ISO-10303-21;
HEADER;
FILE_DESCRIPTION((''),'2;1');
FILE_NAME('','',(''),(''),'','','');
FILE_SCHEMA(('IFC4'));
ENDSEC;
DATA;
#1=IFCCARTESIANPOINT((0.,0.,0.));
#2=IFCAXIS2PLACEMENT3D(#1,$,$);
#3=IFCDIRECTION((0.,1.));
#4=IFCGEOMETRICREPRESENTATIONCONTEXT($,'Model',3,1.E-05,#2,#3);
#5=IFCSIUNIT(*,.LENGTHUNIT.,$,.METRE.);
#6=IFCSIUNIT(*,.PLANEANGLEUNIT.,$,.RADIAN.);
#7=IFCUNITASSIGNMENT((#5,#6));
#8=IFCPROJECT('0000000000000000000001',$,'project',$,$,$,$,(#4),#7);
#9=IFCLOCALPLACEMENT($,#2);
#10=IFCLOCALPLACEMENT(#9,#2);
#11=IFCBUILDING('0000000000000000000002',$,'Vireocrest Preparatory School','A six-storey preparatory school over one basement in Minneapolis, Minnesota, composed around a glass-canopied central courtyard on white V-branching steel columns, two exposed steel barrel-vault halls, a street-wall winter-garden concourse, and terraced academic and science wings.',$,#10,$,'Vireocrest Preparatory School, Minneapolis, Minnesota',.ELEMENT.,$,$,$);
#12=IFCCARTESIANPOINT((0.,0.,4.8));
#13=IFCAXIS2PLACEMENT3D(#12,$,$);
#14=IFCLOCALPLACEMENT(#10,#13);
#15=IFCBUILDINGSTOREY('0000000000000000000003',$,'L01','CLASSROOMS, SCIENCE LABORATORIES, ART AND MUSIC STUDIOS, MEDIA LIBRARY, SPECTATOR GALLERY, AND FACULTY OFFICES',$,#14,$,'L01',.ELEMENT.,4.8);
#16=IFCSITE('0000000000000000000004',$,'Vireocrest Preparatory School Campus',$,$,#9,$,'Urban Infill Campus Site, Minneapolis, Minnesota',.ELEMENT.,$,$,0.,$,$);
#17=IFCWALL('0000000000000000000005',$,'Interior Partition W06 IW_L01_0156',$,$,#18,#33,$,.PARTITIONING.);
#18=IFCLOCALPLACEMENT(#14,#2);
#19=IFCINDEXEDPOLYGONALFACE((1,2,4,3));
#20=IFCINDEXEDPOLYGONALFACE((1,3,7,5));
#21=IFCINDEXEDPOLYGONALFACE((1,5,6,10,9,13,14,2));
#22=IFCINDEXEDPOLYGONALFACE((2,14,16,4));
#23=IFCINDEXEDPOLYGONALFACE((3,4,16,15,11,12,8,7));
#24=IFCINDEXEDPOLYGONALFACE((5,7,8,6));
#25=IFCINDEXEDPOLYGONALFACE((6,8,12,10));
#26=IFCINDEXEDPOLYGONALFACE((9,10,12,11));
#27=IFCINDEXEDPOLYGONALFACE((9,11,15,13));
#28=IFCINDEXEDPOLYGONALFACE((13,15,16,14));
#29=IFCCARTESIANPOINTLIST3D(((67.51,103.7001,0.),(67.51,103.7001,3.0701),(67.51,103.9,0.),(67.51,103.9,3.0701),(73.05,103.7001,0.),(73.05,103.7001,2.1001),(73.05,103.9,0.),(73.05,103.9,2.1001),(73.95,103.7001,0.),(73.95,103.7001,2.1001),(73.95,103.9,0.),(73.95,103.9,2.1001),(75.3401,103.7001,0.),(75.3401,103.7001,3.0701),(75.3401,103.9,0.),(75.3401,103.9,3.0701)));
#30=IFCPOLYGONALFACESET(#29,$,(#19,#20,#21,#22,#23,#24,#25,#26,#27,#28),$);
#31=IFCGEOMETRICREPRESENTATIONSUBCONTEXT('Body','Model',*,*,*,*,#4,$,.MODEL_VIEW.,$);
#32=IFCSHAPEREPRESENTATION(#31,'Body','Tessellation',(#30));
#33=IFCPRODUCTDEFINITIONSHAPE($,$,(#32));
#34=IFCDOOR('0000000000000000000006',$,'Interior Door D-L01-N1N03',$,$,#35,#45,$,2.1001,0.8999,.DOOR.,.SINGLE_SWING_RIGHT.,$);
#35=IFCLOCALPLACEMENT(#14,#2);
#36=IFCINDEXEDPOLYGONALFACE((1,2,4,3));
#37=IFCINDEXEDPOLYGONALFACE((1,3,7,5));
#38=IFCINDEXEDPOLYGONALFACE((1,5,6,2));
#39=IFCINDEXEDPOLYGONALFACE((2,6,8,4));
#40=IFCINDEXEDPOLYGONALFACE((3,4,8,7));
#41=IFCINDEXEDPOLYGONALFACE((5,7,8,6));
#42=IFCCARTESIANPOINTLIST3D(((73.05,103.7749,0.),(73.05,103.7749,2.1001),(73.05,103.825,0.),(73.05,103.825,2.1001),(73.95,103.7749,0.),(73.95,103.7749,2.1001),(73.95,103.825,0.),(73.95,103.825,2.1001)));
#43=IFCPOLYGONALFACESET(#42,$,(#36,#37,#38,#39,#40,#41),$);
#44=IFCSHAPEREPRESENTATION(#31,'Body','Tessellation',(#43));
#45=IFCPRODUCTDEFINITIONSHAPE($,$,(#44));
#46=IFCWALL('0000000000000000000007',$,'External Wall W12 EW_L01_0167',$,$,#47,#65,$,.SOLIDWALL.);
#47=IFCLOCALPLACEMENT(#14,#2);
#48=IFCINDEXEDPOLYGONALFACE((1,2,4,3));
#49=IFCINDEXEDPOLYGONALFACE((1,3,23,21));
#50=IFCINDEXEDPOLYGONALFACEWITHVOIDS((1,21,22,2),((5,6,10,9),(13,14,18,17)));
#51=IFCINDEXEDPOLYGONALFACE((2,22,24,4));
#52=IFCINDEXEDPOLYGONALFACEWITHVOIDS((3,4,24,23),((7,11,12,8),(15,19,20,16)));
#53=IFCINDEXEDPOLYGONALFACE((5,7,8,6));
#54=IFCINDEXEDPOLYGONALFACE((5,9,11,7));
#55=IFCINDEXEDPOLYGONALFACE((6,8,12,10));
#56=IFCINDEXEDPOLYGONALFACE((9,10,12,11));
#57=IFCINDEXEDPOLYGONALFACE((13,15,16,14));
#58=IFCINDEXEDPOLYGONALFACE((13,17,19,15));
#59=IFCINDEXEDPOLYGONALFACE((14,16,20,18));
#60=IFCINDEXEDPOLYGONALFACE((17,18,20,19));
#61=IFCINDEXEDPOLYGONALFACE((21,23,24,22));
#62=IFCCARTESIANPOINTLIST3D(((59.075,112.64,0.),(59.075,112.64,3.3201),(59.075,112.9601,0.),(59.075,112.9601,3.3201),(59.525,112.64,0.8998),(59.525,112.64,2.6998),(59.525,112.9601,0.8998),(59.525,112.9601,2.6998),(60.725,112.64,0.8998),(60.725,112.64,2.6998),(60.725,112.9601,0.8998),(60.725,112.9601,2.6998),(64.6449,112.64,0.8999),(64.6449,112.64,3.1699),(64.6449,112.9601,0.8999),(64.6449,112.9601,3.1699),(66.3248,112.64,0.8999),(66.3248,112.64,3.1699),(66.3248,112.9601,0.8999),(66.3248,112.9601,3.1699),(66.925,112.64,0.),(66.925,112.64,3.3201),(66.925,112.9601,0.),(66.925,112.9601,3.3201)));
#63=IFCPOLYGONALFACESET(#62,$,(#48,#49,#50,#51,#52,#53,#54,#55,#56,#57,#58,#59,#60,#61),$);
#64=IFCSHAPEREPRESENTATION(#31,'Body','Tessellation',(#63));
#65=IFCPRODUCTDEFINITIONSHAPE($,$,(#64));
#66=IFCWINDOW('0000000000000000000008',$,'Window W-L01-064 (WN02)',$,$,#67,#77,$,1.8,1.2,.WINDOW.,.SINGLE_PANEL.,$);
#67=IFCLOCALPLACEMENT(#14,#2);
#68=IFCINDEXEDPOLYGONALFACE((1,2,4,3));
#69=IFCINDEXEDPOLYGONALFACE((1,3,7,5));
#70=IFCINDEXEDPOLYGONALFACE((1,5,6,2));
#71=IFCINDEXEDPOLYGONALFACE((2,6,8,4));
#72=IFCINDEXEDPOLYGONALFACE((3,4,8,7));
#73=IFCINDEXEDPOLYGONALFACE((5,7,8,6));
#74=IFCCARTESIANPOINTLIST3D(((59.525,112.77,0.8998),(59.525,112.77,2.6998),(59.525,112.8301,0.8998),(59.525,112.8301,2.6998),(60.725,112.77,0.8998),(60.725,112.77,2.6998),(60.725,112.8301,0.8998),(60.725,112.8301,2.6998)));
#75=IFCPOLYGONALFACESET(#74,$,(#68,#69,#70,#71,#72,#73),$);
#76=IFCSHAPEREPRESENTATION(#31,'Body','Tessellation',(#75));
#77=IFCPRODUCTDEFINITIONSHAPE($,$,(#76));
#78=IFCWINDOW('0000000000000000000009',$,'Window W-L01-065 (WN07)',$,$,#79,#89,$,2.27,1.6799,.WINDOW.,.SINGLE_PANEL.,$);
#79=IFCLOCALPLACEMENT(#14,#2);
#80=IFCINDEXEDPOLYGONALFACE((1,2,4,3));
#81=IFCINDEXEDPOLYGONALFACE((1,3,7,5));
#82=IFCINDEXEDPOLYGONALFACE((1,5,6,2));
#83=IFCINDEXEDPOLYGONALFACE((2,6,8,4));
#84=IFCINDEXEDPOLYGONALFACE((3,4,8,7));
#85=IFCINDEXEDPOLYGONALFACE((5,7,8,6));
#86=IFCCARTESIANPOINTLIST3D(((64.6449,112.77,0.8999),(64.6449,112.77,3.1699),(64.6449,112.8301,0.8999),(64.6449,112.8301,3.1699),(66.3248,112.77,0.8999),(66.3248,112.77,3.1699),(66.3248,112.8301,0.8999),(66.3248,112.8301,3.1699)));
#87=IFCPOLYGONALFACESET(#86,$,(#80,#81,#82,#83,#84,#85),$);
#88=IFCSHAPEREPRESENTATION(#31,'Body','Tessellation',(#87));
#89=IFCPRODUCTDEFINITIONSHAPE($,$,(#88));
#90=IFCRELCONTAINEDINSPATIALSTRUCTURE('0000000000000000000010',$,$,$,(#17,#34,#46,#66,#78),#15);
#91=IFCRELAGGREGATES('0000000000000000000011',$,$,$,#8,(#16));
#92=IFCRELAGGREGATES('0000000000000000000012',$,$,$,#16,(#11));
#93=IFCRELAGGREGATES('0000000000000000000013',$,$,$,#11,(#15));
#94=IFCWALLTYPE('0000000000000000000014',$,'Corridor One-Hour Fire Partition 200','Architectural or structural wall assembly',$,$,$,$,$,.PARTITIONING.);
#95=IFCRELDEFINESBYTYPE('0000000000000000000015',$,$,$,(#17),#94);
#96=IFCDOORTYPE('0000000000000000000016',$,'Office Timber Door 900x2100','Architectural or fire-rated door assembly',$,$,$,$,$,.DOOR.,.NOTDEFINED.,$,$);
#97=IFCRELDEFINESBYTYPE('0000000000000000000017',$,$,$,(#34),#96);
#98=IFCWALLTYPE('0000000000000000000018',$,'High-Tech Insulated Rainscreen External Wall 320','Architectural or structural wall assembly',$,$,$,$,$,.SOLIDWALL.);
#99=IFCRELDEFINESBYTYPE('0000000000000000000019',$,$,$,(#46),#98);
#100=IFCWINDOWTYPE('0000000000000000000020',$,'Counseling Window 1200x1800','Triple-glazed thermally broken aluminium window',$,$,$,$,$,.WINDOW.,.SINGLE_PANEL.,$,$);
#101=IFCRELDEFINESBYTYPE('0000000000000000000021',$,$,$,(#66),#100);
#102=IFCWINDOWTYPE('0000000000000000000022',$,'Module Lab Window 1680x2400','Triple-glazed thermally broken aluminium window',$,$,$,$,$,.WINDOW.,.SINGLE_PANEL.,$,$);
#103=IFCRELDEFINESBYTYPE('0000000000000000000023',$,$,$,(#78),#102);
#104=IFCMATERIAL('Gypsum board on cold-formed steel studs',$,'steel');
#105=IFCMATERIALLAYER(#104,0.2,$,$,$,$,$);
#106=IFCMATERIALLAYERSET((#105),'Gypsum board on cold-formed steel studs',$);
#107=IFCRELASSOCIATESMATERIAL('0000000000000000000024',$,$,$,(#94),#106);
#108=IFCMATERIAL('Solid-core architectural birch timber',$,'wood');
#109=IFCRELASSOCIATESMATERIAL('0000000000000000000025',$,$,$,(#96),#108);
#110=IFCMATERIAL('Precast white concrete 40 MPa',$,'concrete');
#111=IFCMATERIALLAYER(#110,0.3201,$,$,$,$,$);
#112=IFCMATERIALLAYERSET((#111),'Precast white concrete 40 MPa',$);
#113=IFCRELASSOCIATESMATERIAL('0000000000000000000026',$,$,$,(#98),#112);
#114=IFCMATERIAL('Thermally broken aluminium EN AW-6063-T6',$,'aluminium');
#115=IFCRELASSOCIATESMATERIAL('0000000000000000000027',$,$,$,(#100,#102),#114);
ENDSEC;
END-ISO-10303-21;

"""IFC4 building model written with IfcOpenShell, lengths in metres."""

from ifc_helpers import new_model, si_unit, direction, frame, frame_2d, origin, place, context, subcontext, project, spatial, rectangle, extrude, material, layer, layer_set, type_object, element, fill, save


model = new_model("IFC4")

# Units and contexts
model_context = context("Model", 3, precision=1e-05, world=origin(), true_north=direction((0.0, 1.0)))
body_context = subcontext(model_context, "Body", "Model", "MODEL_VIEW")
ifc_project = project(units=[si_unit("LENGTHUNIT", "METRE"), si_unit("PLANEANGLEUNIT", "RADIAN")], contexts=[model_context])

# Site, building, storey
site_placement = place(None, origin())
site = spatial("IfcSite", under=ifc_project, at=site_placement, Name="Vireocrest Preparatory School Campus", LongName="Urban Infill Campus Site, Minneapolis, Minnesota", CompositionType="ELEMENT", RefElevation=0.0)
building_placement = place(site_placement, origin())
building = spatial("IfcBuilding", under=site, at=building_placement, Name="Vireocrest Preparatory School", Description="A six-storey preparatory school over one basement in Minneapolis, Minnesota, composed around a glass-canopied central courtyard on white V-branching steel columns, two exposed steel barrel-vault halls, a street-wall winter-garden concourse, and terraced academic and science wings.", LongName="Vireocrest Preparatory School, Minneapolis, Minnesota", CompositionType="ELEMENT")
storey_placement = place(building_placement, frame((0.0, 0.0, 4.8)))
storey = spatial("IfcBuildingStorey", under=building, at=storey_placement, Name="L01", Description="CLASSROOMS, SCIENCE LABORATORIES, ART AND MUSIC STUDIOS, MEDIA LIBRARY, SPECTATOR GALLERY, AND FACULTY OFFICES", LongName="L01", CompositionType="ELEMENT", Elevation=4.8)

# Shared definitions
ifc_material_1 = material(Name="Thermally broken aluminium EN AW-6063-T6", Category="aluminium")

# Shared definitions
ifc_material_2 = material(Name="Gypsum board on cold-formed steel studs", Category="steel")

# Wall, opening, door
ifc_layer_1 = layer(ifc_material_2, 0.2)
ifc_layer_set_1 = layer_set([ifc_layer_1], Name="Gypsum board on cold-formed steel studs")
wall_type_1 = type_object("IfcWallType", Name="Corridor One-Hour Fire Partition 200", Description="Architectural or structural wall assembly", PredefinedType="PARTITIONING", material=ifc_layer_set_1)
ifc_material_3 = material(Name="Solid-core architectural birch timber", Category="wood")
door_type = type_object("IfcDoorType", Name="Office Timber Door 900x2100", Description="Architectural or fire-rated door assembly", OperationType="NOTDEFINED", PredefinedType="DOOR", material=ifc_material_3)
wall_1_placement = place(storey_placement, frame((67.51, 103.8, 0.0), z_axis=(0.0, 0.0, 1.0), x_axis=(1.0, 0.0, 0.0)))
wall_1 = element("IfcWall", 1, at=wall_1_placement, inside=storey, type_object=wall_type_1, Name="Interior Partition W06 IW_L01_0156", PredefinedType="PARTITIONING", context=body_context, shape_type="SweptSolid", body=[
    extrude(rectangle(XDim=7.8301, YDim=0.2, at=frame_2d((3.915, 0.0))), origin(), (0.0, 0.0, 1.0), 3.0701),
])
opening_1_placement = place(wall_1_placement, frame((5.54, 0.0, 0.0)))
opening_1 = element("IfcOpeningElement", 2, at=opening_1_placement, cuts=wall_1, PredefinedType="OPENING", context=body_context, shape_type="SweptSolid", body=[
    extrude(rectangle(XDim=0.8999, YDim=2.1001, at=frame_2d((0.45, 1.05))), frame((0.0, 0.1099, 0.0), z_axis=(0.0, -1.0, 0.0), x_axis=(1.0, 0.0, 0.0)), (0.0, 0.0, 1.0), 0.22),
])
door_1_placement = place(opening_1_placement, origin())
door_1 = element("IfcDoor", 3, at=door_1_placement, inside=storey, type_object=door_type, Name="Interior Door D-L01-N1N03", OperationType="SINGLE_SWING_RIGHT", OverallHeight=2.1001, OverallWidth=0.8999, PredefinedType="DOOR", context=body_context, shape_type="SweptSolid", body=[
    extrude(rectangle(XDim=0.8999, YDim=2.1001, at=frame_2d((0.45, 1.05))), frame((0.0, 0.0249, 0.0), z_axis=(0.0, -1.0, 0.0), x_axis=(1.0, 0.0, 0.0)), (0.0, 0.0, 1.0), 0.05),
])
fill(opening_1, door_1)

# Wall, openings, windows
ifc_material_4 = material(Name="Precast white concrete 40 MPa", Category="concrete")
ifc_layer_2 = layer(ifc_material_4, 0.3201)
ifc_layer_set_2 = layer_set([ifc_layer_2], Name="Precast white concrete 40 MPa")
wall_type_2 = type_object("IfcWallType", Name="High-Tech Insulated Rainscreen External Wall 320", Description="Architectural or structural wall assembly", PredefinedType="SOLIDWALL", material=ifc_layer_set_2)
wall_2_placement = place(storey_placement, frame((59.075, 112.8, 0.0), z_axis=(0.0, 0.0, 1.0), x_axis=(1.0, 0.0, 0.0)))
wall_2 = element("IfcWall", 4, at=wall_2_placement, inside=storey, type_object=wall_type_2, Name="External Wall W12 EW_L01_0167", PredefinedType="SOLIDWALL", context=body_context, shape_type="SweptSolid", body=[
    extrude(rectangle(XDim=7.8501, YDim=0.3201, at=frame_2d((3.925, 0.0))), origin(), (0.0, 0.0, 1.0), 3.3201),
])
opening_2_placement = place(wall_2_placement, frame((0.45, 0.0, 0.8999)))
opening_2 = element("IfcOpeningElement", 5, at=opening_2_placement, cuts=wall_2, PredefinedType="OPENING", context=body_context, shape_type="SweptSolid", body=[
    extrude(rectangle(XDim=1.2, YDim=1.8, at=frame_2d((0.6001, 0.8999))), frame((0.0, 0.1699, 0.0), z_axis=(0.0, -1.0, 0.0), x_axis=(1.0, 0.0, 0.0)), (0.0, 0.0, 1.0), 0.3401),
])
opening_3_placement = place(wall_2_placement, frame((5.5701, 0.0, 0.8999)))
opening_3 = element("IfcOpeningElement", 6, at=opening_3_placement, cuts=wall_2, PredefinedType="OPENING", context=body_context, shape_type="SweptSolid", body=[
    extrude(rectangle(XDim=1.6799, YDim=2.27, at=frame_2d((0.8398, 1.135))), frame((0.0, 0.1699, 0.0), z_axis=(0.0, -1.0, 0.0), x_axis=(1.0, 0.0, 0.0)), (0.0, 0.0, 1.0), 0.3401),
])
window_type_1 = type_object("IfcWindowType", Name="Counseling Window 1200x1800", Description="Triple-glazed thermally broken aluminium window", PartitioningType="SINGLE_PANEL", PredefinedType="WINDOW", material=ifc_material_1)
window_1_placement = place(opening_2_placement, origin())
window_1 = element("IfcWindow", 7, at=window_1_placement, inside=storey, type_object=window_type_1, Name="Window W-L01-064 (WN02)", OverallHeight=1.8, OverallWidth=1.2, PartitioningType="SINGLE_PANEL", PredefinedType="WINDOW", context=body_context, shape_type="SweptSolid", body=[
    extrude(rectangle(XDim=1.2, YDim=1.8, at=frame_2d((0.6001, 0.8999))), frame((0.0, 0.03, 0.0), z_axis=(0.0, -1.0, 0.0), x_axis=(1.0, 0.0, 0.0)), (0.0, 0.0, 1.0), 0.0601),
])
fill(opening_2, window_1)
window_type_2 = type_object("IfcWindowType", Name="Module Lab Window 1680x2400", Description="Triple-glazed thermally broken aluminium window", PartitioningType="SINGLE_PANEL", PredefinedType="WINDOW", material=ifc_material_1)
window_2_placement = place(opening_3_placement, origin())
window_2 = element("IfcWindow", 8, at=window_2_placement, inside=storey, type_object=window_type_2, Name="Window W-L01-065 (WN07)", OverallHeight=2.27, OverallWidth=1.6799, PartitioningType="SINGLE_PANEL", PredefinedType="WINDOW", context=body_context, shape_type="SweptSolid", body=[
    extrude(rectangle(XDim=1.6799, YDim=2.27, at=frame_2d((0.8398, 1.135))), frame((0.0, 0.03, 0.0), z_axis=(0.0, -1.0, 0.0), x_axis=(1.0, 0.0, 0.0)), (0.0, 0.0, 1.0), 0.0601),
])
fill(opening_3, window_2)

save(model, "model.ifc")
